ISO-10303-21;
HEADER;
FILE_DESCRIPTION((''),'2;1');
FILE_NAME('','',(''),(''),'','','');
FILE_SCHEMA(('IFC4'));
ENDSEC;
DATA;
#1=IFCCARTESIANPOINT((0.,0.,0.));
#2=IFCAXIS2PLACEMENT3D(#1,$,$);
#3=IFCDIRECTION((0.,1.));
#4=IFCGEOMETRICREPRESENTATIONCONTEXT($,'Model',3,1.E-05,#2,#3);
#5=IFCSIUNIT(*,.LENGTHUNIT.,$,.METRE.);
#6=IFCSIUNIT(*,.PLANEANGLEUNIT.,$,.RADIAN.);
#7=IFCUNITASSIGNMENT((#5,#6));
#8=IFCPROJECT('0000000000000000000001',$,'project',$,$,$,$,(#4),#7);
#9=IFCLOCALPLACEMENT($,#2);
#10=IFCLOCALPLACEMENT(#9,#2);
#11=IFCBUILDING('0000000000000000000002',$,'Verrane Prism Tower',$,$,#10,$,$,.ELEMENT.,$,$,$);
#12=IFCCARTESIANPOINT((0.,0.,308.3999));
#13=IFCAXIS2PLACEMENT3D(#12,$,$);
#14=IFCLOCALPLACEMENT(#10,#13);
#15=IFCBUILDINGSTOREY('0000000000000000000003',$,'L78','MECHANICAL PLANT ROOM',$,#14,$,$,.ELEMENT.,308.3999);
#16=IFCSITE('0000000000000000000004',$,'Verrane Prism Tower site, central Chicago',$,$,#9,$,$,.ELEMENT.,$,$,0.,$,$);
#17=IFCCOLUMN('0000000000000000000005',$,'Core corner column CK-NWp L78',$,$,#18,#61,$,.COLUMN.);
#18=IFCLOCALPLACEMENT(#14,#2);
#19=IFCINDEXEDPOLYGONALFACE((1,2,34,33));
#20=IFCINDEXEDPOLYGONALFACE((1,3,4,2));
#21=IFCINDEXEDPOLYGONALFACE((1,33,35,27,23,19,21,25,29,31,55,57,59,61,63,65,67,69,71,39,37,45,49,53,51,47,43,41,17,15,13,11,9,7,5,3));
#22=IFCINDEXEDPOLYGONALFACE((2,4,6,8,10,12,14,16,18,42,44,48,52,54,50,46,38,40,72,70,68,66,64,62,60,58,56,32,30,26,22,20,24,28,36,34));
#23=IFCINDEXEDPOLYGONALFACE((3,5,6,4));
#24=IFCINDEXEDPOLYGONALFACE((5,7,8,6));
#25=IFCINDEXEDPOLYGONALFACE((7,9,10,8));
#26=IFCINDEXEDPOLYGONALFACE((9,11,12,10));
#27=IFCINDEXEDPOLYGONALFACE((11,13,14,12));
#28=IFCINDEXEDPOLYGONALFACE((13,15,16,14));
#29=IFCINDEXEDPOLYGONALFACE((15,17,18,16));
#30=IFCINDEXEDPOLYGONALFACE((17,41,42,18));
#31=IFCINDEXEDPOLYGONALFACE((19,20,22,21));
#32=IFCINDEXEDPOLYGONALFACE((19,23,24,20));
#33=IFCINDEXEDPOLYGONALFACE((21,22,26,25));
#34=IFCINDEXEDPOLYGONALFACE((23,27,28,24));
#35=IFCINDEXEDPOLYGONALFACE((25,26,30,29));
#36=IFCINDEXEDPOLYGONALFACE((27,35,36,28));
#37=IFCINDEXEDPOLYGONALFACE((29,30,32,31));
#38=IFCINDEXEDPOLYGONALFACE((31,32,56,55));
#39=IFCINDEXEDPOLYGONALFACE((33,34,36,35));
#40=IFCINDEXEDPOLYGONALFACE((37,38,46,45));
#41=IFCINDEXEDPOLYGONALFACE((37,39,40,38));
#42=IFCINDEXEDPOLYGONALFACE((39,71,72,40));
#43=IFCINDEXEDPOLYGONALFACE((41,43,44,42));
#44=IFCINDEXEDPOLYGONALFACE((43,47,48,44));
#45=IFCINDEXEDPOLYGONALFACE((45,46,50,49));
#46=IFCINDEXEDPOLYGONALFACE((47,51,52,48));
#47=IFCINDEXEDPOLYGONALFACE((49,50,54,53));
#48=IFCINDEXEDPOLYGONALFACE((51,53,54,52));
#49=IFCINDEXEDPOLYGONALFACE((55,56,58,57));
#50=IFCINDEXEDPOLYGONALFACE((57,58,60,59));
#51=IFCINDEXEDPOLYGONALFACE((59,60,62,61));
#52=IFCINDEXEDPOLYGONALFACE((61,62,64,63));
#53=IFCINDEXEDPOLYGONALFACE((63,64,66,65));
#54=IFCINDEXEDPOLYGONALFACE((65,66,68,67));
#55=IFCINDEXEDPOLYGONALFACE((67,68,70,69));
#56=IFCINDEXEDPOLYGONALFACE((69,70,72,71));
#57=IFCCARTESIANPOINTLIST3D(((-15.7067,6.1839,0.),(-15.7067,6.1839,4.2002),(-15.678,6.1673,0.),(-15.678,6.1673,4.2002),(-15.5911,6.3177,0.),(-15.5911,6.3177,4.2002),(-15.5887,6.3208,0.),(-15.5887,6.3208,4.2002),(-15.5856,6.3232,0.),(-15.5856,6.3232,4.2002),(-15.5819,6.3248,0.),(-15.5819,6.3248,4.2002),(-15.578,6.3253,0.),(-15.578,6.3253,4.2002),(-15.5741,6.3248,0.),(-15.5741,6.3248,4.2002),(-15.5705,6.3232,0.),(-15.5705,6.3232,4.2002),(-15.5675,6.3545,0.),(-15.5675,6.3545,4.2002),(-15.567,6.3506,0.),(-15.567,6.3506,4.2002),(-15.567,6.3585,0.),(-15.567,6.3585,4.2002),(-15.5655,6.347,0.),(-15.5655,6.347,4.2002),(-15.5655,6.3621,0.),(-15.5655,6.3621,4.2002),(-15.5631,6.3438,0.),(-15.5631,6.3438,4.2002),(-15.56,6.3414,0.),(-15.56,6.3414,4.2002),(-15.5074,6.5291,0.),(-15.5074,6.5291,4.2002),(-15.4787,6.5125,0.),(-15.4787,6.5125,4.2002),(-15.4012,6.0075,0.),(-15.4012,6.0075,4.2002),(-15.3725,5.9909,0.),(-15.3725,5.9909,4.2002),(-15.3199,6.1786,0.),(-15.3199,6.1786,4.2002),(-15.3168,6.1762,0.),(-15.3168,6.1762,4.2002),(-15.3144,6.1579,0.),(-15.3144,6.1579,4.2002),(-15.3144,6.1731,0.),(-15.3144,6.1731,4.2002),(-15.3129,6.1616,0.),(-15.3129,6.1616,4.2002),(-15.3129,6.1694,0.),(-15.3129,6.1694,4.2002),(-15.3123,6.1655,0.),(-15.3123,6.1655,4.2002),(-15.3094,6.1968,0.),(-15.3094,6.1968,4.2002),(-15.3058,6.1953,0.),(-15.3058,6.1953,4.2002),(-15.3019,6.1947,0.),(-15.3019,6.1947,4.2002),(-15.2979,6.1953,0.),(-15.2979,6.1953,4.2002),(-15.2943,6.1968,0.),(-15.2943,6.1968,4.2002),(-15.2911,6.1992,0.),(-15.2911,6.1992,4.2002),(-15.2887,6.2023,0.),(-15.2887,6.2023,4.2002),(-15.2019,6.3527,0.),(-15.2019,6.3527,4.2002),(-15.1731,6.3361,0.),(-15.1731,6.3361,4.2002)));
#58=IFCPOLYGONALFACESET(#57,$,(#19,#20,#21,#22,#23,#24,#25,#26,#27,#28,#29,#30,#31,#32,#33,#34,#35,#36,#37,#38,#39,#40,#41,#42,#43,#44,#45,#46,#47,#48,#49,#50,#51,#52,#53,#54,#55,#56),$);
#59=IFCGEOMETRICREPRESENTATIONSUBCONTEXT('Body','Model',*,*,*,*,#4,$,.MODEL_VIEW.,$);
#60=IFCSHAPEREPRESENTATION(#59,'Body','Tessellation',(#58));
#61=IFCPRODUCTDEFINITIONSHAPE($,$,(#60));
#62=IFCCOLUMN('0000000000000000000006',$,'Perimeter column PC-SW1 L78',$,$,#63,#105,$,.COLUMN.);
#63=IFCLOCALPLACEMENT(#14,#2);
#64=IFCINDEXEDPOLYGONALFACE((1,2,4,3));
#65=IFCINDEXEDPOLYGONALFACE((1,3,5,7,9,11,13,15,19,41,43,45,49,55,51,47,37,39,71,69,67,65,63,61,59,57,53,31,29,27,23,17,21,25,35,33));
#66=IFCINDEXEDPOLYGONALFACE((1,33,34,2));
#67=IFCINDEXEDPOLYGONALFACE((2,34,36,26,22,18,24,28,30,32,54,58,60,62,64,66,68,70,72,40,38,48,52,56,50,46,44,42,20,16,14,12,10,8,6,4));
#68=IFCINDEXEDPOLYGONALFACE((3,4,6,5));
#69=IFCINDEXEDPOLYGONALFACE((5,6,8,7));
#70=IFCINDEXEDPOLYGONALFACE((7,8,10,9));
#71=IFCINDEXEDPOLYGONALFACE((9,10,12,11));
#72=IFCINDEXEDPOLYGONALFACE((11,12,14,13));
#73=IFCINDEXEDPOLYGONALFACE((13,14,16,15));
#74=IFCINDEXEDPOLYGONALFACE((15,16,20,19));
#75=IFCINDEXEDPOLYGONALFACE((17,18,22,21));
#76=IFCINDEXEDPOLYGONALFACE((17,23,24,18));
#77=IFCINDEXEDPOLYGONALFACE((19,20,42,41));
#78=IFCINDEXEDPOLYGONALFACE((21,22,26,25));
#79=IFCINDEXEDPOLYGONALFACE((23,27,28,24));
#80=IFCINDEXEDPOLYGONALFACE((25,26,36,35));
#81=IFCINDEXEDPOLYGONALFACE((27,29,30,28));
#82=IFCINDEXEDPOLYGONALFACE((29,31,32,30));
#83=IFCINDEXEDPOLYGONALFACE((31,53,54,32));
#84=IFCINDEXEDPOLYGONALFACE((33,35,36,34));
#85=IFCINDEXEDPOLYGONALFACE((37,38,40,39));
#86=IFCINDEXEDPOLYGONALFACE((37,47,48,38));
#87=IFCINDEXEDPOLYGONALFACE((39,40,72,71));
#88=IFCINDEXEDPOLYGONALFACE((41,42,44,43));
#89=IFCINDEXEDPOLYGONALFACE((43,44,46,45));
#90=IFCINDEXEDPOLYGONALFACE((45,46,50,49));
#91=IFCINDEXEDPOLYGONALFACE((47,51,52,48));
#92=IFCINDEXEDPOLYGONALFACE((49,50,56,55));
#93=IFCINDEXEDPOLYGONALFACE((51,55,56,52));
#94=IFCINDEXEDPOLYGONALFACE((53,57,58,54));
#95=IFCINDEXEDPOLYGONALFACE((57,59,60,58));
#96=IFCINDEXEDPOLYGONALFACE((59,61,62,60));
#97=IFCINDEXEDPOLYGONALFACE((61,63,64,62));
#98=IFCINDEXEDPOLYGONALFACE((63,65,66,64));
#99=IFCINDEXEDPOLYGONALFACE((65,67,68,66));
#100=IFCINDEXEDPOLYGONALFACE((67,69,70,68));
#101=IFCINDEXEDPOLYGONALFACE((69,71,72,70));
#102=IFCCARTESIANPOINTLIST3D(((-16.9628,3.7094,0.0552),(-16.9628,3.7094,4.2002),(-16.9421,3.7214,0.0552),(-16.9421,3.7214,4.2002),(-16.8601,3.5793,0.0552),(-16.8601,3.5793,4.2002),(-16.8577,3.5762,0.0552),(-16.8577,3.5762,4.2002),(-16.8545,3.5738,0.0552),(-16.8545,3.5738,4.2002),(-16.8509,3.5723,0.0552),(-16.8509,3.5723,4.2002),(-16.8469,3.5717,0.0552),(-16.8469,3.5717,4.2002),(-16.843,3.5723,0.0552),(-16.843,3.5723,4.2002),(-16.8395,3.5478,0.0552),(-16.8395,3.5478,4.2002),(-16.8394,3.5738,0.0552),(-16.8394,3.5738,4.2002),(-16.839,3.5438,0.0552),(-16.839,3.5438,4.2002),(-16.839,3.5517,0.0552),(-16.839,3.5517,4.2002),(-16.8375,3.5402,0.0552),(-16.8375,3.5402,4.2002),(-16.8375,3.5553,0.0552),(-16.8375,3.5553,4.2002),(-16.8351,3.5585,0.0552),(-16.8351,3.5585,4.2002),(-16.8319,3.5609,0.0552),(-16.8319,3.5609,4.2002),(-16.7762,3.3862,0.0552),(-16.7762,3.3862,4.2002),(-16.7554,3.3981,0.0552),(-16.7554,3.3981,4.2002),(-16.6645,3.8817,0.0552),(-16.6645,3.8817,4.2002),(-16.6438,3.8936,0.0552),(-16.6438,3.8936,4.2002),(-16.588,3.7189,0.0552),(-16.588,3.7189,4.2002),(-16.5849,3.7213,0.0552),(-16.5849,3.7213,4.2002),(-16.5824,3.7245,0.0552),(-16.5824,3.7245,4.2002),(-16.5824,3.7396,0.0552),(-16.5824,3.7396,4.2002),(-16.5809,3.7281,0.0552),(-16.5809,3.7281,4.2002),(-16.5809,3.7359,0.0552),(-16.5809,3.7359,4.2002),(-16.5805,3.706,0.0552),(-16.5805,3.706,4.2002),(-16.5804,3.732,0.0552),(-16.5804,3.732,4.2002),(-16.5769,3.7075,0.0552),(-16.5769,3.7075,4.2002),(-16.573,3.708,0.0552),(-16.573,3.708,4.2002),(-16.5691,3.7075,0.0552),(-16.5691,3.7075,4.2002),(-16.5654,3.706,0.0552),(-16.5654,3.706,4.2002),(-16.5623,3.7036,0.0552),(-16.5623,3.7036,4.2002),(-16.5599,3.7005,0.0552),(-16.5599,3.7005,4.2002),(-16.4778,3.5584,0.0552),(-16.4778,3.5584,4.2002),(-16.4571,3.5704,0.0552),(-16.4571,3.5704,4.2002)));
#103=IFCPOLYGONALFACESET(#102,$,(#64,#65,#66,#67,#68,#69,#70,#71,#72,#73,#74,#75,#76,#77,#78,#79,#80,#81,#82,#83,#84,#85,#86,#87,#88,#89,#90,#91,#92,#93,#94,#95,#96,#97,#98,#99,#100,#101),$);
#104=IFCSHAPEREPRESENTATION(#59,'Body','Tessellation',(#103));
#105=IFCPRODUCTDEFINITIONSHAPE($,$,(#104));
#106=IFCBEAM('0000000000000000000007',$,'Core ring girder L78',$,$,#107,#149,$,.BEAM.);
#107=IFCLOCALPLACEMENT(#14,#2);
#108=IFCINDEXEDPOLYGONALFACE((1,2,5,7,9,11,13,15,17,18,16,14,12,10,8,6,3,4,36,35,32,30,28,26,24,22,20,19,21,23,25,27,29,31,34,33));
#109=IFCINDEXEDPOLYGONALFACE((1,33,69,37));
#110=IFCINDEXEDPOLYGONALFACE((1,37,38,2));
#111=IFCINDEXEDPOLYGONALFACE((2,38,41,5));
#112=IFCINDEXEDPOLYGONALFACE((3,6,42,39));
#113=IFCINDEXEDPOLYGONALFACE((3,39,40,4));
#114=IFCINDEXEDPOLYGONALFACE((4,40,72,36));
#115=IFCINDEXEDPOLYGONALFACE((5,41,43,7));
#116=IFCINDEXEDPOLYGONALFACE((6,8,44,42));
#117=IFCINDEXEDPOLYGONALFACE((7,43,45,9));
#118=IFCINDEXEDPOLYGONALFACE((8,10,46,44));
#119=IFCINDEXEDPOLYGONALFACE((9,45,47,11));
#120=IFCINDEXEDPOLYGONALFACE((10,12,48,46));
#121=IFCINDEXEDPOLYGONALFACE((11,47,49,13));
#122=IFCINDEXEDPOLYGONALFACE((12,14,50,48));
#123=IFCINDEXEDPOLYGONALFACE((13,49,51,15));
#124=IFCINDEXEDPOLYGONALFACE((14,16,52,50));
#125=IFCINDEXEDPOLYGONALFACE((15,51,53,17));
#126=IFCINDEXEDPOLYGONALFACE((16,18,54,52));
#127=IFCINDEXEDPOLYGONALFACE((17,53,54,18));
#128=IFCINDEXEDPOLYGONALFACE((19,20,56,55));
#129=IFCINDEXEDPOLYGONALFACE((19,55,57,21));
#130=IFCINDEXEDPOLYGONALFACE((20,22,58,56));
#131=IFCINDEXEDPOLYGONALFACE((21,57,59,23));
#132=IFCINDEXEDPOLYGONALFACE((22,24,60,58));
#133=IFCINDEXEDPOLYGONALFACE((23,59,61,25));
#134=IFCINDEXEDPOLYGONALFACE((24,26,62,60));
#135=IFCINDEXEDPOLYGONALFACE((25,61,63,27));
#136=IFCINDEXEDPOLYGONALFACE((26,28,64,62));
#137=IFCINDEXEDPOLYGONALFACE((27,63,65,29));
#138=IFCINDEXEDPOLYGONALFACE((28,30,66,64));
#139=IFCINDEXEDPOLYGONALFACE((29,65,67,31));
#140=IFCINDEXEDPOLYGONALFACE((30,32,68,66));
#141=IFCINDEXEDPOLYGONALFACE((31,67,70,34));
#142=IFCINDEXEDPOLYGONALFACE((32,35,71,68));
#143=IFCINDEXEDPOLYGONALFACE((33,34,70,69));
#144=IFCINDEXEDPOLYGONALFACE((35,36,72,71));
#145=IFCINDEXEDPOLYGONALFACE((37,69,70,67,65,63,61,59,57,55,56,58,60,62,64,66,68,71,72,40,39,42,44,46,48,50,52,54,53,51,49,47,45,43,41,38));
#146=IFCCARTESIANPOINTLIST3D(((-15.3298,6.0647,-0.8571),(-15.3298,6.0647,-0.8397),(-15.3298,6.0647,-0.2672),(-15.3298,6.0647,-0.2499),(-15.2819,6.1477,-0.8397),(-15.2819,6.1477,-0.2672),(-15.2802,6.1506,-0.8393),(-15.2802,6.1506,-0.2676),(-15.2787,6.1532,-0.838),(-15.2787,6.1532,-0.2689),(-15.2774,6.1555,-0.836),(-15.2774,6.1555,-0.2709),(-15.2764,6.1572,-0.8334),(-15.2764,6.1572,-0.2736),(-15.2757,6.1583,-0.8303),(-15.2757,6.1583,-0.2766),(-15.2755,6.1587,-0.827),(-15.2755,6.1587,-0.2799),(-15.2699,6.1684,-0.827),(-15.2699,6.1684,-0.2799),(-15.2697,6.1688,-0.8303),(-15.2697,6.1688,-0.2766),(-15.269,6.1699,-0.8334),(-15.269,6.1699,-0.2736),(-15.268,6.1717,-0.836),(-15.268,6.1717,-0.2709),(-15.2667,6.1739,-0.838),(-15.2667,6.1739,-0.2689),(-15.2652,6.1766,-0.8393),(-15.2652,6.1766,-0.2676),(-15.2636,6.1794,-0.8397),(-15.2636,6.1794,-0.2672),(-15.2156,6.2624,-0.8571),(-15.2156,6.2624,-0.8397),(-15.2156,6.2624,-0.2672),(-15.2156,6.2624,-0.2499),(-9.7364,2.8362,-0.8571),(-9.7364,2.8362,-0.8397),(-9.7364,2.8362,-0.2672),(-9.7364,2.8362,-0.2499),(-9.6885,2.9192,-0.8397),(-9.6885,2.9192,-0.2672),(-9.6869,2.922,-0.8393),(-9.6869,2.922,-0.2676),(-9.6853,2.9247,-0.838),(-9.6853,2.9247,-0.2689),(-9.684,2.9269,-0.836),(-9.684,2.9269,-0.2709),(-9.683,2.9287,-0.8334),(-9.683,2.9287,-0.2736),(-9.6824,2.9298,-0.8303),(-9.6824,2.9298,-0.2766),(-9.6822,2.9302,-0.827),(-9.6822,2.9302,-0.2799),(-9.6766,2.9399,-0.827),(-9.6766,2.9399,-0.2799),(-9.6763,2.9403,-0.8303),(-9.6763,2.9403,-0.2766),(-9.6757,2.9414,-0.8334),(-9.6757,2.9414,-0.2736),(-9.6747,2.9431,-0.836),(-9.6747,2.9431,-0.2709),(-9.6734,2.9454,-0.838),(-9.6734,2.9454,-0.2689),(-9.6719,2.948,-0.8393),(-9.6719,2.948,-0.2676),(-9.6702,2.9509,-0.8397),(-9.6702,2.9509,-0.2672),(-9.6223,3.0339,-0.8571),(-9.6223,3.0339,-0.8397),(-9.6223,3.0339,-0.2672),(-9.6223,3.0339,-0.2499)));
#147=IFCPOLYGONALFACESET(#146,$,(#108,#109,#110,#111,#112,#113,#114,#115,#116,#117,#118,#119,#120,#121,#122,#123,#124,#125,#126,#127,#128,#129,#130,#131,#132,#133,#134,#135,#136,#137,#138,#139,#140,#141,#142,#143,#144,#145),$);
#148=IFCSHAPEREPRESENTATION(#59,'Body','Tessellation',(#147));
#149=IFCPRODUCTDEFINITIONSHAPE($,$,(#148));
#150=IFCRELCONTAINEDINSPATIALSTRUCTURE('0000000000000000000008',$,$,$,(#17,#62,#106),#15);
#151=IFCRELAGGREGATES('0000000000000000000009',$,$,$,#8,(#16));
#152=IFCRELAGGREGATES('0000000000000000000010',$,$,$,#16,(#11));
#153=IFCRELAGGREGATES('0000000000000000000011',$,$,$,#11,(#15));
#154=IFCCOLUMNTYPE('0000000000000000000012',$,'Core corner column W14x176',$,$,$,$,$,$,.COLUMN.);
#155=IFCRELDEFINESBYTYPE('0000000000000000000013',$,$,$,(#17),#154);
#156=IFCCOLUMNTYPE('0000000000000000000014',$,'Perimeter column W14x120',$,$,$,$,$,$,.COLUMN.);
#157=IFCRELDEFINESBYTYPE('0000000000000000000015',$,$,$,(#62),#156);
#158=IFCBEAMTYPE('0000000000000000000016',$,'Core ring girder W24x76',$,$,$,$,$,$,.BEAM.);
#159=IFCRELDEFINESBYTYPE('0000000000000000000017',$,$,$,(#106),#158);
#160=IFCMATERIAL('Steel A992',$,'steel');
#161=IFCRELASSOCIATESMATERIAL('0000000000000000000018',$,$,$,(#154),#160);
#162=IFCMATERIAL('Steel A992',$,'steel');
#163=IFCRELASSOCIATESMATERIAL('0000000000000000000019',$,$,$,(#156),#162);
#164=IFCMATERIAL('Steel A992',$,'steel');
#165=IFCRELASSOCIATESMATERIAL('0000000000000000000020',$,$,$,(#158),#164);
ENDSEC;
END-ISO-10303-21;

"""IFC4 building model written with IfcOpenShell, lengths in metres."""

from ifc_helpers import new_model, si_unit, direction, frame, origin, origin_2d, place, context, subcontext, project, spatial, i_section, extrude, material, material_profile, profile_set, type_object, element, save


model = new_model("IFC4")

# Units and contexts
model_context = context("Model", 3, precision=1e-05, world=origin(), true_north=direction((0.0, 1.0)))
body_context = subcontext(model_context, "Body", "Model", "MODEL_VIEW")
ifc_project = project(units=[si_unit("LENGTHUNIT", "METRE"), si_unit("PLANEANGLEUNIT", "RADIAN")], contexts=[model_context])

# Site, building, storey
site_placement = place(None, origin())
site = spatial("IfcSite", under=ifc_project, at=site_placement, Name="Verrane Prism Tower site, central Chicago", CompositionType="ELEMENT", RefElevation=0.0)
building_placement = place(site_placement, origin())
building = spatial("IfcBuilding", under=site, at=building_placement, Name="Verrane Prism Tower", CompositionType="ELEMENT")
storey_placement = place(building_placement, frame((0.0, 0.0, 308.3999)))
storey = spatial("IfcBuildingStorey", under=building, at=storey_placement, Name="L78", Description="MECHANICAL PLANT ROOM", CompositionType="ELEMENT", Elevation=308.3999)

# Columns
ifc_material_1 = material(Name="Steel A992", Category="steel")
ifc_material_profile_1 = material_profile(ifc_material_1, i_section(OverallWidth=0.3987, OverallDepth=0.386, WebThickness=0.021, FlangeThickness=0.0332, FilletRadius=0.0151, at=origin_2d()), Name="W14x176")
ifc_profile_set_1 = profile_set([ifc_material_profile_1], Name="Steel A992")
column_type_1 = type_object("IfcColumnType", Name="Core corner column W14x176", PredefinedType="COLUMN", material=ifc_profile_set_1)
column_1_placement = place(storey_placement, frame((-15.4399, 6.26, 0.0), z_axis=(0.0, 0.0, 1.0), x_axis=(0.5, 0.866025, 0.0)))
element("IfcColumn", 1, at=column_1_placement, inside=storey, type_object=column_type_1, Name="Core corner column CK-NWp L78", PredefinedType="COLUMN", context=body_context, shape_type="SweptSolid", body=[
    extrude(i_section(OverallWidth=0.3987, OverallDepth=0.386, WebThickness=0.021, FlangeThickness=0.0332, FilletRadius=0.0151, at=origin_2d()), origin(), (0.0, 0.0, 1.0), 4.2002),
])
ifc_material_2 = material(Name="Steel A992", Category="steel")
ifc_material_profile_2 = material_profile(ifc_material_2, i_section(OverallWidth=0.3733, OverallDepth=0.3684, WebThickness=0.0149, FlangeThickness=0.0239, FilletRadius=0.0151, at=origin_2d()), Name="W14x120")
ifc_profile_set_2 = profile_set([ifc_material_profile_2], Name="Steel A992")
column_type_2 = type_object("IfcColumnType", Name="Perimeter column W14x120", PredefinedType="COLUMN", material=ifc_profile_set_2)
column_2_placement = place(storey_placement, frame((-16.71, 3.6399, 0.0552), z_axis=(0.0, 0.0, 1.0), x_axis=(-0.5, 0.866025, 0.0)))
element("IfcColumn", 2, at=column_2_placement, inside=storey, type_object=column_type_2, Name="Perimeter column PC-SW1 L78", PredefinedType="COLUMN", context=body_context, shape_type="SweptSolid", body=[
    extrude(i_section(OverallWidth=0.3733, OverallDepth=0.3684, WebThickness=0.0149, FlangeThickness=0.0239, FilletRadius=0.0151, at=origin_2d()), origin(), (0.0, 0.0, 1.0), 4.145),
])

# Beam
ifc_material_3 = material(Name="Steel A992", Category="steel")
ifc_material_profile_3 = material_profile(ifc_material_3, i_section(OverallWidth=0.2283, OverallDepth=0.6072, WebThickness=0.0112, FlangeThickness=0.0173, FilletRadius=0.0127, at=origin_2d()), Name="W24x76")
ifc_profile_set_3 = profile_set([ifc_material_profile_3], Name="Steel A992")
beam_type_1 = type_object("IfcBeamType", Name="Core ring girder W24x76", PredefinedType="BEAM", material=ifc_profile_set_3)
beam_1_placement = place(storey_placement, frame((-15.2727, 6.1636, -0.5535), z_axis=(0.866076, -0.499912, 0.0), x_axis=(0.499912, 0.866076, 0.0)))
element("IfcBeam", 3, at=beam_1_placement, inside=storey, type_object=beam_type_1, Name="Core ring girder L78", PredefinedType="BEAM", context=body_context, shape_type="SweptSolid", body=[
    extrude(i_section(OverallWidth=0.2283, OverallDepth=0.6072, WebThickness=0.0112, FlangeThickness=0.0173, FilletRadius=0.0127, at=origin_2d()), origin(), (0.0, 0.0, 1.0), 6.4583),
])

save(model, "model.ifc")
